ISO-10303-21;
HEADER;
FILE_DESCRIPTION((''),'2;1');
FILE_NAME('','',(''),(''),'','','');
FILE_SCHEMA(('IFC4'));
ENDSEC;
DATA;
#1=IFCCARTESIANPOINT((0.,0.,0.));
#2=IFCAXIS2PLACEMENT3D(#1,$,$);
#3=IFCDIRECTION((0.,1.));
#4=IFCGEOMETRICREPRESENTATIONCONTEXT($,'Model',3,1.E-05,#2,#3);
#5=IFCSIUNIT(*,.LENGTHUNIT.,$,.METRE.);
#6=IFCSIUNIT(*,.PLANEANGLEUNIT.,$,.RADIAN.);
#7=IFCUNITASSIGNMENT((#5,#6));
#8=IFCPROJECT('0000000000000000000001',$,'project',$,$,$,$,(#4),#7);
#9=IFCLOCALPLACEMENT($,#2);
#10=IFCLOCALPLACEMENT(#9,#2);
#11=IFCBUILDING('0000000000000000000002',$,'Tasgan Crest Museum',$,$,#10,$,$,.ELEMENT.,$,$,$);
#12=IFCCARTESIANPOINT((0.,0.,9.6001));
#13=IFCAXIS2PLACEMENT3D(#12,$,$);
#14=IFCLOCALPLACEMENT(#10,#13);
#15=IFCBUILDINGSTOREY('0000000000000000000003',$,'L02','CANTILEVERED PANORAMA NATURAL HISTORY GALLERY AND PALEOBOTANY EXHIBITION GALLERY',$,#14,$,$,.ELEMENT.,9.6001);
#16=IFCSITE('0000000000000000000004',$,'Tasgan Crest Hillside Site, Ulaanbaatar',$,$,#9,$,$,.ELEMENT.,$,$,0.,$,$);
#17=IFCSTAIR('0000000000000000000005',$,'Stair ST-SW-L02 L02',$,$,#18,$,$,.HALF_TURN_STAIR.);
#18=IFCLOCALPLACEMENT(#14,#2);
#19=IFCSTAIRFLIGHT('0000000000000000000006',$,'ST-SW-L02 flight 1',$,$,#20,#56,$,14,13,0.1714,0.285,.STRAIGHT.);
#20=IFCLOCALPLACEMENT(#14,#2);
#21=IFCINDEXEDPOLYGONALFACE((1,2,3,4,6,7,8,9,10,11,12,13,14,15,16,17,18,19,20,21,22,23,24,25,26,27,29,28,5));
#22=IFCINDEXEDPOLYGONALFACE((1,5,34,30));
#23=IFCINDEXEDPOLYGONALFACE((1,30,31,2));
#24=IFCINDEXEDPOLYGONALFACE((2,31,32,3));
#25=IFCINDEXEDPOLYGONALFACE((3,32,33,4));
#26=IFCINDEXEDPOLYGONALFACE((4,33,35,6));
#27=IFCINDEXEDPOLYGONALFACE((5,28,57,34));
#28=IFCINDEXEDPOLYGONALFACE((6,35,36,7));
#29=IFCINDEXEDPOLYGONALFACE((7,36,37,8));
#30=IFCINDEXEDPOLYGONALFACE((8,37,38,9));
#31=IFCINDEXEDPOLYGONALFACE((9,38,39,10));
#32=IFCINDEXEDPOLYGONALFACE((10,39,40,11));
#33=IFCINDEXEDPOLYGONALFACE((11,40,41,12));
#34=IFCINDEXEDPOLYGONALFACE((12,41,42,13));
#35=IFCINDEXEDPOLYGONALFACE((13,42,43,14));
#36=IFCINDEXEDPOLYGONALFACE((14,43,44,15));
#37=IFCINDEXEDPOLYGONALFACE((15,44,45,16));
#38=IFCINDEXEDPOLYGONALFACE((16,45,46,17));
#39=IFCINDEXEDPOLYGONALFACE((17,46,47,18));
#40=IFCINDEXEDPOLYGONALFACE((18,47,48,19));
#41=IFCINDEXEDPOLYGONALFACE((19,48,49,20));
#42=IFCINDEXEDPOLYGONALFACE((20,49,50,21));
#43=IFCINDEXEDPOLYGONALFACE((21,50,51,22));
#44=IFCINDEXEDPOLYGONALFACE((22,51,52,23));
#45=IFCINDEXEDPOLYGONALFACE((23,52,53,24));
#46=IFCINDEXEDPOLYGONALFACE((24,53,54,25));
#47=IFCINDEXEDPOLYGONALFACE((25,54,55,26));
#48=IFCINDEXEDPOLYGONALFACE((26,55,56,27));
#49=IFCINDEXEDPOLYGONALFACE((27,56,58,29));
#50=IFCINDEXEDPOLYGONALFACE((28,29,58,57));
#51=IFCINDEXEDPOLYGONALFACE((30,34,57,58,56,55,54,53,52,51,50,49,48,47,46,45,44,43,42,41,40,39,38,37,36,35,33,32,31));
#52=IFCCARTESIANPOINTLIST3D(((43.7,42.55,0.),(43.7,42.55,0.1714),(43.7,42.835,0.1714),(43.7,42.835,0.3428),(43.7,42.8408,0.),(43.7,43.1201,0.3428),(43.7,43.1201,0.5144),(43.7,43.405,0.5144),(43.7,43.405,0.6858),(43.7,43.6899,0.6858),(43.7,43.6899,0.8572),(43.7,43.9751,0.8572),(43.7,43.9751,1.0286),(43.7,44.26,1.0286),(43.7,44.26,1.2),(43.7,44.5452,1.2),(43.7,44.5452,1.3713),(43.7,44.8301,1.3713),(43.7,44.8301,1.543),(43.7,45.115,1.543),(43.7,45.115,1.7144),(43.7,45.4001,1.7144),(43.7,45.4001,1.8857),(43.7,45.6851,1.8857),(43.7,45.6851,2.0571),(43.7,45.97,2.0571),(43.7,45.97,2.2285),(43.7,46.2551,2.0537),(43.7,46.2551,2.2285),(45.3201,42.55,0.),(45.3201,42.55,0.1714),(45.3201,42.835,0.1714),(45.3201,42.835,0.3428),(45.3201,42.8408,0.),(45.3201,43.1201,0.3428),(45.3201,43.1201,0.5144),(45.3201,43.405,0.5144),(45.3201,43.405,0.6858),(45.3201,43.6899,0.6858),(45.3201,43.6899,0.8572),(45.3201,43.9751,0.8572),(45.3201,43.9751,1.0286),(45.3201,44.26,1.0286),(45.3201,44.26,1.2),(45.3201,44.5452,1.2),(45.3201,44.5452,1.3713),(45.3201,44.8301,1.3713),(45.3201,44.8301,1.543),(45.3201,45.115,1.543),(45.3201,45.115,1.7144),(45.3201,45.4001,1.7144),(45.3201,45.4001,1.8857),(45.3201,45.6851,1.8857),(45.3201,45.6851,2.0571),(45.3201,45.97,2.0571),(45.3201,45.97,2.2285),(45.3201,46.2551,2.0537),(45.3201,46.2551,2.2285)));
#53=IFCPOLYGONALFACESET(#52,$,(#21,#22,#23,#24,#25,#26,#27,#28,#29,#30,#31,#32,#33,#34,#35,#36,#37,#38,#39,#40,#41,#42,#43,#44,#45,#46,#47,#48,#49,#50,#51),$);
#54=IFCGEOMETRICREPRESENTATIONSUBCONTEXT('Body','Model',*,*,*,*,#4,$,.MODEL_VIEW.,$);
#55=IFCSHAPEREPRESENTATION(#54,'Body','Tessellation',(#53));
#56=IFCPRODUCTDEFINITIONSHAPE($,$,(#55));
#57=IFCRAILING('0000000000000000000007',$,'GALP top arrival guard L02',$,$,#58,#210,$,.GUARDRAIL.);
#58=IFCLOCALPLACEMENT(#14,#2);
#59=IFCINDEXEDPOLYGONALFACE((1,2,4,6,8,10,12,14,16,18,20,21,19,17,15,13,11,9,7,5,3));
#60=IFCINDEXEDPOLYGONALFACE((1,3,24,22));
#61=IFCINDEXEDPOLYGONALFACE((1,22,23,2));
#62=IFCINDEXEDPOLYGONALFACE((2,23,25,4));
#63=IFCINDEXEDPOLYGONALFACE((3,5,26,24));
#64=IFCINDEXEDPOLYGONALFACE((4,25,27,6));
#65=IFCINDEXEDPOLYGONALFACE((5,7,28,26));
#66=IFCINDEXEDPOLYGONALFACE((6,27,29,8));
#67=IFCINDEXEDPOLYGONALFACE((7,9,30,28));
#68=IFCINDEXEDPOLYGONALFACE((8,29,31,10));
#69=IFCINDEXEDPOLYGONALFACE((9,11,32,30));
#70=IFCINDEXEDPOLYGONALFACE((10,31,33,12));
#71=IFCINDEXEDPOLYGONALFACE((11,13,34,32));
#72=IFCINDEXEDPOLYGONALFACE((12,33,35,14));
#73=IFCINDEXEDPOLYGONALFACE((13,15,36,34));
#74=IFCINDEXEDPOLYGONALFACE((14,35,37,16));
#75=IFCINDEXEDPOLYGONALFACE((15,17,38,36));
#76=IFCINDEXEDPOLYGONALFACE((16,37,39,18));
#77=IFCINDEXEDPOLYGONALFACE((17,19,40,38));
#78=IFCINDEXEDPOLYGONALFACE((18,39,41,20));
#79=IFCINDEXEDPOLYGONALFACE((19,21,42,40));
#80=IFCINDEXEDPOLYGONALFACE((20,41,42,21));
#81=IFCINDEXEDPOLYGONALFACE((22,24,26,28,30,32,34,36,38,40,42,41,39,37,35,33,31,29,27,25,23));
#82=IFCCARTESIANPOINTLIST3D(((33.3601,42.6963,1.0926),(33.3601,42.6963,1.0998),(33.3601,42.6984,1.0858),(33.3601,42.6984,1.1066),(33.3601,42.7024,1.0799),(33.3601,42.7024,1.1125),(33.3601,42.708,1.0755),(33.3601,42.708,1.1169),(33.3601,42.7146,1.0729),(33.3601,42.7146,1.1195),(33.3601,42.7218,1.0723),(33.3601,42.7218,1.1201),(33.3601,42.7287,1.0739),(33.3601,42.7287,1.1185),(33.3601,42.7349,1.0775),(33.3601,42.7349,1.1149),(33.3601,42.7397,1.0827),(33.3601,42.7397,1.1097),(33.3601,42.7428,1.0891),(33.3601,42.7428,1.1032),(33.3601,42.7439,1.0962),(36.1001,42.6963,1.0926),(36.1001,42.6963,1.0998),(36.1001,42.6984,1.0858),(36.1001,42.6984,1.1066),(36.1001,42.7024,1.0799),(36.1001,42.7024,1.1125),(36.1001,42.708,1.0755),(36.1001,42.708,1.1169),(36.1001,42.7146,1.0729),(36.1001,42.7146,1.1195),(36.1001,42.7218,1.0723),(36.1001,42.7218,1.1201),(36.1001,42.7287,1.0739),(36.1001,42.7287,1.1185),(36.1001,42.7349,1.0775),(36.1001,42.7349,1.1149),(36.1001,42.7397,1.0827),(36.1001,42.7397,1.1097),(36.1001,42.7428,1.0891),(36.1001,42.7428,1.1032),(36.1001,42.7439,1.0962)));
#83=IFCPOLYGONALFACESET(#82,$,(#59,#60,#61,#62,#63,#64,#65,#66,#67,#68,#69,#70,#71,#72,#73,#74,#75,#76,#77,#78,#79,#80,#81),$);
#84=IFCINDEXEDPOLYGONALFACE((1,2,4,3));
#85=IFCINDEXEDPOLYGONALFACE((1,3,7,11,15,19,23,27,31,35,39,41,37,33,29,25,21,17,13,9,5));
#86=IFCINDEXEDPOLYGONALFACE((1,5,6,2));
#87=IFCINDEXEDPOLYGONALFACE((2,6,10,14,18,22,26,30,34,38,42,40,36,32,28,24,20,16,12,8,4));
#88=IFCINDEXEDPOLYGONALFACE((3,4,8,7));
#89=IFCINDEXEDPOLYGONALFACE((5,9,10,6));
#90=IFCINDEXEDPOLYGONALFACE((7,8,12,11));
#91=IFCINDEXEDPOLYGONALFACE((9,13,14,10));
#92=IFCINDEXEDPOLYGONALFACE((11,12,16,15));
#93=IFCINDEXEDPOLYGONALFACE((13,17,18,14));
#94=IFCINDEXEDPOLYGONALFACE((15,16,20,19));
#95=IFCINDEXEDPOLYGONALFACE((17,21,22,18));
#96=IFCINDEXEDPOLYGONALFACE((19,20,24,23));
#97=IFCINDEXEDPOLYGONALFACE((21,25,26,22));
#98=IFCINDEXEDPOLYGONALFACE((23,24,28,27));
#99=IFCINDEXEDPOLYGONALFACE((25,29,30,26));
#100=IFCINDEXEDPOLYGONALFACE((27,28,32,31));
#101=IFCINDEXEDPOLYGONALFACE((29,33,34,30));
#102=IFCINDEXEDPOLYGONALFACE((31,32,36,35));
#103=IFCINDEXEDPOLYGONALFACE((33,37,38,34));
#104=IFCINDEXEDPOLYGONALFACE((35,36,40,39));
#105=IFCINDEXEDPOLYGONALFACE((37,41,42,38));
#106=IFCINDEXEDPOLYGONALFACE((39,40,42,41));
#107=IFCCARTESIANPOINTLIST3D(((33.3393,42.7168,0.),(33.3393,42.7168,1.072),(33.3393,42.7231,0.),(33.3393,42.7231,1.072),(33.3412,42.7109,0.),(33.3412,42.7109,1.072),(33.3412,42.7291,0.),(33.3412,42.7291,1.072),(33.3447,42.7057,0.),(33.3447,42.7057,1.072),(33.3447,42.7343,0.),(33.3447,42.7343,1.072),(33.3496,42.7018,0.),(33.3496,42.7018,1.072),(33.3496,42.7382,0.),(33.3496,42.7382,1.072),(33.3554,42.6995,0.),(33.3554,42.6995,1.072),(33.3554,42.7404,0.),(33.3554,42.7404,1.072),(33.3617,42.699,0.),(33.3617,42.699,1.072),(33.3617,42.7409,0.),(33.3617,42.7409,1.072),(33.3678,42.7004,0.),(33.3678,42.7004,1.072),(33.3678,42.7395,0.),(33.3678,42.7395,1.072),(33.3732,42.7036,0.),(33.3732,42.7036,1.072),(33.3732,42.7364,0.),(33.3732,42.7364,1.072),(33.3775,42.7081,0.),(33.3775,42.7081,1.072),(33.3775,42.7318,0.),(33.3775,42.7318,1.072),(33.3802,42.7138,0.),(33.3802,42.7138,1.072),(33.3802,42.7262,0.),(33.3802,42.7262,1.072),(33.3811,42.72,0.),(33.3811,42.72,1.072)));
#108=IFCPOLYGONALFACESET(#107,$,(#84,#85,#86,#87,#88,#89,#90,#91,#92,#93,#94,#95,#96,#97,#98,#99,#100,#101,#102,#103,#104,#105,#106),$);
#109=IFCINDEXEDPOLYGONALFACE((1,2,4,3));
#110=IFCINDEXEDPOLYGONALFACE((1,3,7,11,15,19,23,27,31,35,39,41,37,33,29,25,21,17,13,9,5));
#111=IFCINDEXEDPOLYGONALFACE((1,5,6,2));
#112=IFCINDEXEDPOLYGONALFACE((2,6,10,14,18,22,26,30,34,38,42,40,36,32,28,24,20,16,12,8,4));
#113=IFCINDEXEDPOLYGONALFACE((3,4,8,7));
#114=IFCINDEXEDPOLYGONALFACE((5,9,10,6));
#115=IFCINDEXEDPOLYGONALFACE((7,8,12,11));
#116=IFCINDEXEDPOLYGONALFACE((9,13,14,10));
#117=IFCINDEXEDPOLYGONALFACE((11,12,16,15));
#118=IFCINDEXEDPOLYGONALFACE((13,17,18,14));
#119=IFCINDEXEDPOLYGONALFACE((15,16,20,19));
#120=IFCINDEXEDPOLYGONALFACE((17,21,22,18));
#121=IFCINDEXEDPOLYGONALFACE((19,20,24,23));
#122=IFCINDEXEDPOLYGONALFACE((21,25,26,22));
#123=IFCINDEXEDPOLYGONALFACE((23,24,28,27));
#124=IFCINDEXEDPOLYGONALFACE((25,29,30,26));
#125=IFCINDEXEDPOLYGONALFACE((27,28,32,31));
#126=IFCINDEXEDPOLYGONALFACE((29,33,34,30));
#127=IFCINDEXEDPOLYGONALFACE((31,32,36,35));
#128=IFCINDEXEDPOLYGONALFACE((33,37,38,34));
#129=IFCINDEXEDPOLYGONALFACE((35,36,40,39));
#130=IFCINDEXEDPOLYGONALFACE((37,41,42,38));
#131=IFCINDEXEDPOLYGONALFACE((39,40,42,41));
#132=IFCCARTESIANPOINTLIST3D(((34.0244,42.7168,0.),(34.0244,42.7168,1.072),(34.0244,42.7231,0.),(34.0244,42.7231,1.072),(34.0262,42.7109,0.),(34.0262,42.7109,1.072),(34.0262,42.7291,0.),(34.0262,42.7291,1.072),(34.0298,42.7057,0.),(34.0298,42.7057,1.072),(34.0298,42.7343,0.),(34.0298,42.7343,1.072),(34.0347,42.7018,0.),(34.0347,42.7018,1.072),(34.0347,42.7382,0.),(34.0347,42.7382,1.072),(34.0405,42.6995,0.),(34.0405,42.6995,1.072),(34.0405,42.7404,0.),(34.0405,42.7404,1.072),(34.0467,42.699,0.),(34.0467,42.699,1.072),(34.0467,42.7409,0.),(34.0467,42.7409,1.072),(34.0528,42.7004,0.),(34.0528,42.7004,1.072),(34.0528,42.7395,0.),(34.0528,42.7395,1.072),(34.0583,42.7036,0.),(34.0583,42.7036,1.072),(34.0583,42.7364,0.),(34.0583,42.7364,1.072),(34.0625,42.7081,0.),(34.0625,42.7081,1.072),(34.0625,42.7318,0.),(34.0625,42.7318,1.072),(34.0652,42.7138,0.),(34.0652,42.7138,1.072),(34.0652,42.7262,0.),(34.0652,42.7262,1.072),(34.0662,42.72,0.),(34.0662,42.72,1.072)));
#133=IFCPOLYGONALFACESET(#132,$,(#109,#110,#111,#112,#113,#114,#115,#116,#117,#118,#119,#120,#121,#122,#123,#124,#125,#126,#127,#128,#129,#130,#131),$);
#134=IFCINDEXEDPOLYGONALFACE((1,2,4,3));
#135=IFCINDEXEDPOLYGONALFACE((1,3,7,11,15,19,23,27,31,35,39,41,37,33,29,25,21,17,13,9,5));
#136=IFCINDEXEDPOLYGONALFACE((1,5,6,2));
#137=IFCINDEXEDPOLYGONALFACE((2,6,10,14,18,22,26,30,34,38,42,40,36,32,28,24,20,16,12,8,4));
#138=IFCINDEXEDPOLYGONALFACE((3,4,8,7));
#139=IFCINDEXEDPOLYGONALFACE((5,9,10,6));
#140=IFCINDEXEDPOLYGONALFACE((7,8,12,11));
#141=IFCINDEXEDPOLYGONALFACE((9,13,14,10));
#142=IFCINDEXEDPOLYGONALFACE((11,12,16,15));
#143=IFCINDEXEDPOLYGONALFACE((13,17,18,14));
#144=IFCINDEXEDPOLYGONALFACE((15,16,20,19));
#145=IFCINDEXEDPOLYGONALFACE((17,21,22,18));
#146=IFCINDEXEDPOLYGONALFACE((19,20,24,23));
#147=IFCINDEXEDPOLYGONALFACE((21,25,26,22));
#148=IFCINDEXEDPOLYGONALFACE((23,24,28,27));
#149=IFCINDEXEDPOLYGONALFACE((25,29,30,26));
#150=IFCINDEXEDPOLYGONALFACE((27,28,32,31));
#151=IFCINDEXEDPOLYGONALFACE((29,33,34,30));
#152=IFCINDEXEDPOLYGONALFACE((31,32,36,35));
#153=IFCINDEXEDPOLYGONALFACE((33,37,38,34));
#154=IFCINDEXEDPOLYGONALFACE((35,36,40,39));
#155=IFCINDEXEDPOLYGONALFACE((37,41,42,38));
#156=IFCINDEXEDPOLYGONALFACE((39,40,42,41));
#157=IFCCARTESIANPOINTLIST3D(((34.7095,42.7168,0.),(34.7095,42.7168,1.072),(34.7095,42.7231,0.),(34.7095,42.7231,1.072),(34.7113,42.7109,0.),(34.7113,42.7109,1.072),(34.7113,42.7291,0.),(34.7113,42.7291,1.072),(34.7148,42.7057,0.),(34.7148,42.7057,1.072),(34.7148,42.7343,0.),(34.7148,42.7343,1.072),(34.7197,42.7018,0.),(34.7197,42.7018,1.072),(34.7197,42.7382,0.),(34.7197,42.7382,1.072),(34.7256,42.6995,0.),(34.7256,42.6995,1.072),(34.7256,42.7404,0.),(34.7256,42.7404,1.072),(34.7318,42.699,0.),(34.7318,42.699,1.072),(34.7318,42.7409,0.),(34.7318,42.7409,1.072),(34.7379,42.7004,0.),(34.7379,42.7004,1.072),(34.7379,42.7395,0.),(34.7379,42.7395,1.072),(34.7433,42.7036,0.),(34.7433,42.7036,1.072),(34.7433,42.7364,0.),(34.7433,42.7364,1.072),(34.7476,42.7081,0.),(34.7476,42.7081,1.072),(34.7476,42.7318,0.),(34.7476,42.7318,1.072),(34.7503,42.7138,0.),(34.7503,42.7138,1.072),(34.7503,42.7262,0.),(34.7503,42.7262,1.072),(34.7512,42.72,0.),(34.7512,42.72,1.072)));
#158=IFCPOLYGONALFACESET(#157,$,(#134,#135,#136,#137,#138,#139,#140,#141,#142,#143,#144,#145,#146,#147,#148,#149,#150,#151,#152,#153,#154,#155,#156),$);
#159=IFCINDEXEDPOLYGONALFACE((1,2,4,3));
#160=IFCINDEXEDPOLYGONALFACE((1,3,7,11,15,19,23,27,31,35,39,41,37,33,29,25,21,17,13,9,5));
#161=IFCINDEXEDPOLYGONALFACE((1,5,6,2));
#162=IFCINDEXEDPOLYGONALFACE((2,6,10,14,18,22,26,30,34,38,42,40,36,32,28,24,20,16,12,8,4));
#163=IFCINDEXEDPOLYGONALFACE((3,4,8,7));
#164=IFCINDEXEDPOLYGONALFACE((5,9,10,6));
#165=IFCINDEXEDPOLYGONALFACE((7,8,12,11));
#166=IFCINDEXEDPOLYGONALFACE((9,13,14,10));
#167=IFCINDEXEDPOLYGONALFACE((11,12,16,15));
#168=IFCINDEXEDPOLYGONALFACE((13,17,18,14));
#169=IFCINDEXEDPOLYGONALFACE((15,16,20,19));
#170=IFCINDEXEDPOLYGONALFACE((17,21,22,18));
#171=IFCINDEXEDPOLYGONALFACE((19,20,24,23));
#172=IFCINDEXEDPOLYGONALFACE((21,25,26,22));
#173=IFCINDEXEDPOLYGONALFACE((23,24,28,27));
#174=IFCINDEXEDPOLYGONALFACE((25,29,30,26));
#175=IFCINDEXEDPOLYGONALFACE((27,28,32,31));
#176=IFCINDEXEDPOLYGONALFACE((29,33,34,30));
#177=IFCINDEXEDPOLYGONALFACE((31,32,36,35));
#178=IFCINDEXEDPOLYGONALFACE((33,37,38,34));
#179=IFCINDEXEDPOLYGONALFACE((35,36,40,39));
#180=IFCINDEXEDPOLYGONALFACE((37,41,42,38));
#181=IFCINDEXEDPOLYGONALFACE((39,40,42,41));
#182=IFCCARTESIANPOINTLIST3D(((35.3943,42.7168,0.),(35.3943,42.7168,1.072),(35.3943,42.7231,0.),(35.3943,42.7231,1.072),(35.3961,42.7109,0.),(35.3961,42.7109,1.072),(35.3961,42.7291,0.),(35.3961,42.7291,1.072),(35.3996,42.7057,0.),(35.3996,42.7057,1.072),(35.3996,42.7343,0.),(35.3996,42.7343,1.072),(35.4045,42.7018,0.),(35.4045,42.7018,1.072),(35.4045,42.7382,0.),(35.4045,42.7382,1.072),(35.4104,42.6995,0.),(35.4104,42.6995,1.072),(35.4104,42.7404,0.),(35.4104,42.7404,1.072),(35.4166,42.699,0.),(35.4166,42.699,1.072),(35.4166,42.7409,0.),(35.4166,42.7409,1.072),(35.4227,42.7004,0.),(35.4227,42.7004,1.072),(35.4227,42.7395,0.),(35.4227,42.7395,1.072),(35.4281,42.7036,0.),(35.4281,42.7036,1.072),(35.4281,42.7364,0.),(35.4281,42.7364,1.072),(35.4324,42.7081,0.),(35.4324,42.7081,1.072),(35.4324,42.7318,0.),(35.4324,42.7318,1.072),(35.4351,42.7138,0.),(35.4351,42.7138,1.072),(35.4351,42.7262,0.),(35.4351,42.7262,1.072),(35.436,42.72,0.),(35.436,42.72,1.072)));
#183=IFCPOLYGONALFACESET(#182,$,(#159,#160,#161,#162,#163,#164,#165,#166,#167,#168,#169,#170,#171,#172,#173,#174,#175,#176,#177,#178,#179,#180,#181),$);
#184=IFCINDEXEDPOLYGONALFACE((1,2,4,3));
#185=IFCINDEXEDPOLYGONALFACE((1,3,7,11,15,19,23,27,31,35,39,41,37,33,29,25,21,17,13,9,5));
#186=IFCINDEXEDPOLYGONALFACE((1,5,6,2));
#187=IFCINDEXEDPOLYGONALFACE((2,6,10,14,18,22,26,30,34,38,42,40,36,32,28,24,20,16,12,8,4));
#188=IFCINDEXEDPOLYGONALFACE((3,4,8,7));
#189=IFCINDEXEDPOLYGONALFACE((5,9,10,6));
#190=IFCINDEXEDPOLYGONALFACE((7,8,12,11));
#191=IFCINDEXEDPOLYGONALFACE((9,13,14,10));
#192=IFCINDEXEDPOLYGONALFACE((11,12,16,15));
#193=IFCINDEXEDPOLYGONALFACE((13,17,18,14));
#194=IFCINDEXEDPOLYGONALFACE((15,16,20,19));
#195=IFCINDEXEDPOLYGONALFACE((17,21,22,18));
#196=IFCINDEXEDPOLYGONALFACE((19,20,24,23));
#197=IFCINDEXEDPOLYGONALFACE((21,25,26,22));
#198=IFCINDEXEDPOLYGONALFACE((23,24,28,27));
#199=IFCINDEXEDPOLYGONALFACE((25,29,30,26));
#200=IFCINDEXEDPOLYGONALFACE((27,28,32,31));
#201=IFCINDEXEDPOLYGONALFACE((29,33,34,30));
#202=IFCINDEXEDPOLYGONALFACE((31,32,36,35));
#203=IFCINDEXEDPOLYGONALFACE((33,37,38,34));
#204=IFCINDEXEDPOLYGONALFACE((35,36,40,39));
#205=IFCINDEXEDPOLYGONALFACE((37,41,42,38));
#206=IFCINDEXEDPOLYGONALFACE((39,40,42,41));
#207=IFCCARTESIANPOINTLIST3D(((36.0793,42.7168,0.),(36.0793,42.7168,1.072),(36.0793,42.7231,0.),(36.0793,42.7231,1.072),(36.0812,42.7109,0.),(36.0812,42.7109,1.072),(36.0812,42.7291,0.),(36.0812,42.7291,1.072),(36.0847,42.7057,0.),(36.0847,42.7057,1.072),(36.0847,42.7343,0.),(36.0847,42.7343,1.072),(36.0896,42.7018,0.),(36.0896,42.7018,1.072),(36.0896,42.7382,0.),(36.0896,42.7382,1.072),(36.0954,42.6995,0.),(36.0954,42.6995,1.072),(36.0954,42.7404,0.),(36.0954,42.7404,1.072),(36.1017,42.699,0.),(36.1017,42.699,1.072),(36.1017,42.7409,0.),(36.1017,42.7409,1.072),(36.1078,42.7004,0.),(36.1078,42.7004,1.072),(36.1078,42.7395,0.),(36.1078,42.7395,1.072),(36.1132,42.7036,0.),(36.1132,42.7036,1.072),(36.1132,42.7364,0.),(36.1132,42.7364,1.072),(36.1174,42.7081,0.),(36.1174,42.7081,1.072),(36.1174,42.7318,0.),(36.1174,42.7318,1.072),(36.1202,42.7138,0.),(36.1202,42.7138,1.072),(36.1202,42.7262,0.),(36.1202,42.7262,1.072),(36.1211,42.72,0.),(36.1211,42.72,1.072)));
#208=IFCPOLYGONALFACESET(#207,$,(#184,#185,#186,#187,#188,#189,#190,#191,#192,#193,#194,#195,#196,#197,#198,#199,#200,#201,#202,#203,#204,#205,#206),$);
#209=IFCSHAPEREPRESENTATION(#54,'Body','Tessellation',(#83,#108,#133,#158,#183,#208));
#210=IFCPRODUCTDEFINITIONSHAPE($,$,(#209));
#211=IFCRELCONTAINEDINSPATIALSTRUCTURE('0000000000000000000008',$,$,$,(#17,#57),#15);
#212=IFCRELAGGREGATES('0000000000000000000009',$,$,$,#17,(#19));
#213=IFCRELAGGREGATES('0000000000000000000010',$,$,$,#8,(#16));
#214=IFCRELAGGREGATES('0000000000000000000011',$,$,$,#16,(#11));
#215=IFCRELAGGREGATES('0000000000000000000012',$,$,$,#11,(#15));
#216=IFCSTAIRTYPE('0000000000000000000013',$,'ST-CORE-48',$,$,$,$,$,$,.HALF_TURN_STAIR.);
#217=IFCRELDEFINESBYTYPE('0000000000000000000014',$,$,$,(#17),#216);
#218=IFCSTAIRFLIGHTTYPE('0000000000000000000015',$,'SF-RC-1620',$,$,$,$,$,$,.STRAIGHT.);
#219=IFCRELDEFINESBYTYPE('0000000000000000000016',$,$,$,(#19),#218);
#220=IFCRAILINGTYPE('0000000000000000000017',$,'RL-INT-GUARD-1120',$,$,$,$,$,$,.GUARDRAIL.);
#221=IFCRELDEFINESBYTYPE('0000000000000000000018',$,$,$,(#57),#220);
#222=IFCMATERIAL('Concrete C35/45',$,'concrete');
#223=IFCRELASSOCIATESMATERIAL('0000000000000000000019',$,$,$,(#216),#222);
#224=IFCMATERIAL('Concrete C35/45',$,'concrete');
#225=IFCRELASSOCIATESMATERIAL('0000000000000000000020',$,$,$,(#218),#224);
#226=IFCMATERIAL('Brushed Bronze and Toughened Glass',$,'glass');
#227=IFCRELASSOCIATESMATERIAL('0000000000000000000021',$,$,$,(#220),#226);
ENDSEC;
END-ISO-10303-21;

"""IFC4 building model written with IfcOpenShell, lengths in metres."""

from ifc_helpers import new_model, si_unit, direction, frame, origin, origin_2d, place, context, subcontext, project, spatial, polyline, circle, outline, extrude, material, type_object, element, aggregate, save


model = new_model("IFC4")

# Units and contexts
model_context = context("Model", 3, precision=1e-05, world=origin(), true_north=direction((0.0, 1.0)))
body_context = subcontext(model_context, "Body", "Model", "MODEL_VIEW")
ifc_project = project(units=[si_unit("LENGTHUNIT", "METRE"), si_unit("PLANEANGLEUNIT", "RADIAN")], contexts=[model_context])

# Site, building, storey
site_placement = place(None, origin())
site = spatial("IfcSite", under=ifc_project, at=site_placement, Name="Tasgan Crest Hillside Site, Ulaanbaatar", CompositionType="ELEMENT", RefElevation=0.0)
building_placement = place(site_placement, origin())
building = spatial("IfcBuilding", under=site, at=building_placement, Name="Tasgan Crest Museum", CompositionType="ELEMENT")
storey_placement = place(building_placement, frame((0.0, 0.0, 9.6001)))
storey = spatial("IfcBuildingStorey", under=building, at=storey_placement, Name="L02", Description="CANTILEVERED PANORAMA NATURAL HISTORY GALLERY AND PALEOBOTANY EXHIBITION GALLERY", CompositionType="ELEMENT", Elevation=9.6001)

# Stair, stair flight
ifc_material_1 = material(Name="Concrete C35/45", Category="concrete")
stair_type = type_object("IfcStairType", Name="ST-CORE-48", PredefinedType="HALF_TURN_STAIR", material=ifc_material_1)
stair_placement = place(storey_placement, origin())
stair = element("IfcStair", 1, at=stair_placement, inside=storey, type_object=stair_type, Name="Stair ST-SW-L02 L02", PredefinedType="HALF_TURN_STAIR")
ifc_material_2 = material(Name="Concrete C35/45", Category="concrete")
stair_flight_type = type_object("IfcStairFlightType", Name="SF-RC-1620", PredefinedType="STRAIGHT", material=ifc_material_2)
stair_flight_placement = place(storey_placement, frame((44.51, 42.55, 0.0), z_axis=(0.0, 0.0, 1.0), x_axis=(0.0, 1.0, 0.0)))
stair_flight = element("IfcStairFlight", 2, at=stair_flight_placement, type_object=stair_flight_type, Name="ST-SW-L02 flight 1", NumberOfRisers=14, NumberOfTreads=13, PredefinedType="STRAIGHT", RiserHeight=0.1714, TreadLength=0.285, context=body_context, shape_type="SweptSolid", body=[
    extrude(outline(polyline([(0.0, 0.0), (0.0, 0.1714), (0.2849, 0.1714), (0.2849, 0.3428), (0.5701, 0.3428), (0.5701, 0.5144), (0.855, 0.5144), (0.855, 0.6858), (1.1399, 0.6858), (1.1399, 0.8572), (1.425, 0.8572), (1.425, 1.0286), (1.71, 1.0286), (1.71, 1.2), (1.9951, 1.2), (1.9951, 1.3713), (2.28, 1.3713), (2.28, 1.543), (2.5649, 1.543), (2.5649, 1.7144), (2.8501, 1.7144), (2.8501, 1.8857), (3.135, 1.8857), (3.135, 2.0571), (3.4199, 2.0571), (3.4199, 2.2285), (3.7051, 2.2285), (3.7051, 2.3999), (3.7051, 2.0537), (0.2908, 0.0), (0.0, 0.0)])), frame((0.0, 0.8101, 0.0), z_axis=(0.0, -1.0, 0.0), x_axis=(1.0, 0.0, 0.0)), (0.0, 0.0, 1.0), 1.6201),
])
aggregate(stair, [stair_flight])

# Railing
ifc_material_3 = material(Name="Brushed Bronze and Toughened Glass", Category="glass")
railing_type_1 = type_object("IfcRailingType", Name="RL-INT-GUARD-1120", PredefinedType="GUARDRAIL", material=ifc_material_3)
railing_1_placement = place(storey_placement, frame((33.3601, 42.72, 0.0)))
element("IfcRailing", 3, at=railing_1_placement, inside=storey, type_object=railing_type_1, Name="GALP top arrival guard L02", PredefinedType="GUARDRAIL", context=body_context, shape_type="SweptSolid", body=[
    extrude(circle(Radius=0.0239, at=origin_2d()), frame((0.0, 0.0, 1.0962), z_axis=(1.0, 0.0, 0.0), x_axis=(0.0, 1.0, 0.0)), (0.0, 0.0, 1.0), 2.74),
    extrude(circle(Radius=0.021, at=origin_2d()), origin(), (0.0, 0.0, 1.0), 1.072),
    extrude(circle(Radius=0.021, at=origin_2d()), frame((0.6851, 0.0, 0.0)), (0.0, 0.0, 1.0), 1.072),
    extrude(circle(Radius=0.021, at=origin_2d()), frame((1.3701, 0.0, 0.0)), (0.0, 0.0, 1.0), 1.072),
    extrude(circle(Radius=0.021, at=origin_2d()), frame((2.0549, 0.0, 0.0)), (0.0, 0.0, 1.0), 1.072),
    extrude(circle(Radius=0.021, at=origin_2d()), frame((2.74, 0.0, 0.0)), (0.0, 0.0, 1.0), 1.072),
])

save(model, "model.ifc")
